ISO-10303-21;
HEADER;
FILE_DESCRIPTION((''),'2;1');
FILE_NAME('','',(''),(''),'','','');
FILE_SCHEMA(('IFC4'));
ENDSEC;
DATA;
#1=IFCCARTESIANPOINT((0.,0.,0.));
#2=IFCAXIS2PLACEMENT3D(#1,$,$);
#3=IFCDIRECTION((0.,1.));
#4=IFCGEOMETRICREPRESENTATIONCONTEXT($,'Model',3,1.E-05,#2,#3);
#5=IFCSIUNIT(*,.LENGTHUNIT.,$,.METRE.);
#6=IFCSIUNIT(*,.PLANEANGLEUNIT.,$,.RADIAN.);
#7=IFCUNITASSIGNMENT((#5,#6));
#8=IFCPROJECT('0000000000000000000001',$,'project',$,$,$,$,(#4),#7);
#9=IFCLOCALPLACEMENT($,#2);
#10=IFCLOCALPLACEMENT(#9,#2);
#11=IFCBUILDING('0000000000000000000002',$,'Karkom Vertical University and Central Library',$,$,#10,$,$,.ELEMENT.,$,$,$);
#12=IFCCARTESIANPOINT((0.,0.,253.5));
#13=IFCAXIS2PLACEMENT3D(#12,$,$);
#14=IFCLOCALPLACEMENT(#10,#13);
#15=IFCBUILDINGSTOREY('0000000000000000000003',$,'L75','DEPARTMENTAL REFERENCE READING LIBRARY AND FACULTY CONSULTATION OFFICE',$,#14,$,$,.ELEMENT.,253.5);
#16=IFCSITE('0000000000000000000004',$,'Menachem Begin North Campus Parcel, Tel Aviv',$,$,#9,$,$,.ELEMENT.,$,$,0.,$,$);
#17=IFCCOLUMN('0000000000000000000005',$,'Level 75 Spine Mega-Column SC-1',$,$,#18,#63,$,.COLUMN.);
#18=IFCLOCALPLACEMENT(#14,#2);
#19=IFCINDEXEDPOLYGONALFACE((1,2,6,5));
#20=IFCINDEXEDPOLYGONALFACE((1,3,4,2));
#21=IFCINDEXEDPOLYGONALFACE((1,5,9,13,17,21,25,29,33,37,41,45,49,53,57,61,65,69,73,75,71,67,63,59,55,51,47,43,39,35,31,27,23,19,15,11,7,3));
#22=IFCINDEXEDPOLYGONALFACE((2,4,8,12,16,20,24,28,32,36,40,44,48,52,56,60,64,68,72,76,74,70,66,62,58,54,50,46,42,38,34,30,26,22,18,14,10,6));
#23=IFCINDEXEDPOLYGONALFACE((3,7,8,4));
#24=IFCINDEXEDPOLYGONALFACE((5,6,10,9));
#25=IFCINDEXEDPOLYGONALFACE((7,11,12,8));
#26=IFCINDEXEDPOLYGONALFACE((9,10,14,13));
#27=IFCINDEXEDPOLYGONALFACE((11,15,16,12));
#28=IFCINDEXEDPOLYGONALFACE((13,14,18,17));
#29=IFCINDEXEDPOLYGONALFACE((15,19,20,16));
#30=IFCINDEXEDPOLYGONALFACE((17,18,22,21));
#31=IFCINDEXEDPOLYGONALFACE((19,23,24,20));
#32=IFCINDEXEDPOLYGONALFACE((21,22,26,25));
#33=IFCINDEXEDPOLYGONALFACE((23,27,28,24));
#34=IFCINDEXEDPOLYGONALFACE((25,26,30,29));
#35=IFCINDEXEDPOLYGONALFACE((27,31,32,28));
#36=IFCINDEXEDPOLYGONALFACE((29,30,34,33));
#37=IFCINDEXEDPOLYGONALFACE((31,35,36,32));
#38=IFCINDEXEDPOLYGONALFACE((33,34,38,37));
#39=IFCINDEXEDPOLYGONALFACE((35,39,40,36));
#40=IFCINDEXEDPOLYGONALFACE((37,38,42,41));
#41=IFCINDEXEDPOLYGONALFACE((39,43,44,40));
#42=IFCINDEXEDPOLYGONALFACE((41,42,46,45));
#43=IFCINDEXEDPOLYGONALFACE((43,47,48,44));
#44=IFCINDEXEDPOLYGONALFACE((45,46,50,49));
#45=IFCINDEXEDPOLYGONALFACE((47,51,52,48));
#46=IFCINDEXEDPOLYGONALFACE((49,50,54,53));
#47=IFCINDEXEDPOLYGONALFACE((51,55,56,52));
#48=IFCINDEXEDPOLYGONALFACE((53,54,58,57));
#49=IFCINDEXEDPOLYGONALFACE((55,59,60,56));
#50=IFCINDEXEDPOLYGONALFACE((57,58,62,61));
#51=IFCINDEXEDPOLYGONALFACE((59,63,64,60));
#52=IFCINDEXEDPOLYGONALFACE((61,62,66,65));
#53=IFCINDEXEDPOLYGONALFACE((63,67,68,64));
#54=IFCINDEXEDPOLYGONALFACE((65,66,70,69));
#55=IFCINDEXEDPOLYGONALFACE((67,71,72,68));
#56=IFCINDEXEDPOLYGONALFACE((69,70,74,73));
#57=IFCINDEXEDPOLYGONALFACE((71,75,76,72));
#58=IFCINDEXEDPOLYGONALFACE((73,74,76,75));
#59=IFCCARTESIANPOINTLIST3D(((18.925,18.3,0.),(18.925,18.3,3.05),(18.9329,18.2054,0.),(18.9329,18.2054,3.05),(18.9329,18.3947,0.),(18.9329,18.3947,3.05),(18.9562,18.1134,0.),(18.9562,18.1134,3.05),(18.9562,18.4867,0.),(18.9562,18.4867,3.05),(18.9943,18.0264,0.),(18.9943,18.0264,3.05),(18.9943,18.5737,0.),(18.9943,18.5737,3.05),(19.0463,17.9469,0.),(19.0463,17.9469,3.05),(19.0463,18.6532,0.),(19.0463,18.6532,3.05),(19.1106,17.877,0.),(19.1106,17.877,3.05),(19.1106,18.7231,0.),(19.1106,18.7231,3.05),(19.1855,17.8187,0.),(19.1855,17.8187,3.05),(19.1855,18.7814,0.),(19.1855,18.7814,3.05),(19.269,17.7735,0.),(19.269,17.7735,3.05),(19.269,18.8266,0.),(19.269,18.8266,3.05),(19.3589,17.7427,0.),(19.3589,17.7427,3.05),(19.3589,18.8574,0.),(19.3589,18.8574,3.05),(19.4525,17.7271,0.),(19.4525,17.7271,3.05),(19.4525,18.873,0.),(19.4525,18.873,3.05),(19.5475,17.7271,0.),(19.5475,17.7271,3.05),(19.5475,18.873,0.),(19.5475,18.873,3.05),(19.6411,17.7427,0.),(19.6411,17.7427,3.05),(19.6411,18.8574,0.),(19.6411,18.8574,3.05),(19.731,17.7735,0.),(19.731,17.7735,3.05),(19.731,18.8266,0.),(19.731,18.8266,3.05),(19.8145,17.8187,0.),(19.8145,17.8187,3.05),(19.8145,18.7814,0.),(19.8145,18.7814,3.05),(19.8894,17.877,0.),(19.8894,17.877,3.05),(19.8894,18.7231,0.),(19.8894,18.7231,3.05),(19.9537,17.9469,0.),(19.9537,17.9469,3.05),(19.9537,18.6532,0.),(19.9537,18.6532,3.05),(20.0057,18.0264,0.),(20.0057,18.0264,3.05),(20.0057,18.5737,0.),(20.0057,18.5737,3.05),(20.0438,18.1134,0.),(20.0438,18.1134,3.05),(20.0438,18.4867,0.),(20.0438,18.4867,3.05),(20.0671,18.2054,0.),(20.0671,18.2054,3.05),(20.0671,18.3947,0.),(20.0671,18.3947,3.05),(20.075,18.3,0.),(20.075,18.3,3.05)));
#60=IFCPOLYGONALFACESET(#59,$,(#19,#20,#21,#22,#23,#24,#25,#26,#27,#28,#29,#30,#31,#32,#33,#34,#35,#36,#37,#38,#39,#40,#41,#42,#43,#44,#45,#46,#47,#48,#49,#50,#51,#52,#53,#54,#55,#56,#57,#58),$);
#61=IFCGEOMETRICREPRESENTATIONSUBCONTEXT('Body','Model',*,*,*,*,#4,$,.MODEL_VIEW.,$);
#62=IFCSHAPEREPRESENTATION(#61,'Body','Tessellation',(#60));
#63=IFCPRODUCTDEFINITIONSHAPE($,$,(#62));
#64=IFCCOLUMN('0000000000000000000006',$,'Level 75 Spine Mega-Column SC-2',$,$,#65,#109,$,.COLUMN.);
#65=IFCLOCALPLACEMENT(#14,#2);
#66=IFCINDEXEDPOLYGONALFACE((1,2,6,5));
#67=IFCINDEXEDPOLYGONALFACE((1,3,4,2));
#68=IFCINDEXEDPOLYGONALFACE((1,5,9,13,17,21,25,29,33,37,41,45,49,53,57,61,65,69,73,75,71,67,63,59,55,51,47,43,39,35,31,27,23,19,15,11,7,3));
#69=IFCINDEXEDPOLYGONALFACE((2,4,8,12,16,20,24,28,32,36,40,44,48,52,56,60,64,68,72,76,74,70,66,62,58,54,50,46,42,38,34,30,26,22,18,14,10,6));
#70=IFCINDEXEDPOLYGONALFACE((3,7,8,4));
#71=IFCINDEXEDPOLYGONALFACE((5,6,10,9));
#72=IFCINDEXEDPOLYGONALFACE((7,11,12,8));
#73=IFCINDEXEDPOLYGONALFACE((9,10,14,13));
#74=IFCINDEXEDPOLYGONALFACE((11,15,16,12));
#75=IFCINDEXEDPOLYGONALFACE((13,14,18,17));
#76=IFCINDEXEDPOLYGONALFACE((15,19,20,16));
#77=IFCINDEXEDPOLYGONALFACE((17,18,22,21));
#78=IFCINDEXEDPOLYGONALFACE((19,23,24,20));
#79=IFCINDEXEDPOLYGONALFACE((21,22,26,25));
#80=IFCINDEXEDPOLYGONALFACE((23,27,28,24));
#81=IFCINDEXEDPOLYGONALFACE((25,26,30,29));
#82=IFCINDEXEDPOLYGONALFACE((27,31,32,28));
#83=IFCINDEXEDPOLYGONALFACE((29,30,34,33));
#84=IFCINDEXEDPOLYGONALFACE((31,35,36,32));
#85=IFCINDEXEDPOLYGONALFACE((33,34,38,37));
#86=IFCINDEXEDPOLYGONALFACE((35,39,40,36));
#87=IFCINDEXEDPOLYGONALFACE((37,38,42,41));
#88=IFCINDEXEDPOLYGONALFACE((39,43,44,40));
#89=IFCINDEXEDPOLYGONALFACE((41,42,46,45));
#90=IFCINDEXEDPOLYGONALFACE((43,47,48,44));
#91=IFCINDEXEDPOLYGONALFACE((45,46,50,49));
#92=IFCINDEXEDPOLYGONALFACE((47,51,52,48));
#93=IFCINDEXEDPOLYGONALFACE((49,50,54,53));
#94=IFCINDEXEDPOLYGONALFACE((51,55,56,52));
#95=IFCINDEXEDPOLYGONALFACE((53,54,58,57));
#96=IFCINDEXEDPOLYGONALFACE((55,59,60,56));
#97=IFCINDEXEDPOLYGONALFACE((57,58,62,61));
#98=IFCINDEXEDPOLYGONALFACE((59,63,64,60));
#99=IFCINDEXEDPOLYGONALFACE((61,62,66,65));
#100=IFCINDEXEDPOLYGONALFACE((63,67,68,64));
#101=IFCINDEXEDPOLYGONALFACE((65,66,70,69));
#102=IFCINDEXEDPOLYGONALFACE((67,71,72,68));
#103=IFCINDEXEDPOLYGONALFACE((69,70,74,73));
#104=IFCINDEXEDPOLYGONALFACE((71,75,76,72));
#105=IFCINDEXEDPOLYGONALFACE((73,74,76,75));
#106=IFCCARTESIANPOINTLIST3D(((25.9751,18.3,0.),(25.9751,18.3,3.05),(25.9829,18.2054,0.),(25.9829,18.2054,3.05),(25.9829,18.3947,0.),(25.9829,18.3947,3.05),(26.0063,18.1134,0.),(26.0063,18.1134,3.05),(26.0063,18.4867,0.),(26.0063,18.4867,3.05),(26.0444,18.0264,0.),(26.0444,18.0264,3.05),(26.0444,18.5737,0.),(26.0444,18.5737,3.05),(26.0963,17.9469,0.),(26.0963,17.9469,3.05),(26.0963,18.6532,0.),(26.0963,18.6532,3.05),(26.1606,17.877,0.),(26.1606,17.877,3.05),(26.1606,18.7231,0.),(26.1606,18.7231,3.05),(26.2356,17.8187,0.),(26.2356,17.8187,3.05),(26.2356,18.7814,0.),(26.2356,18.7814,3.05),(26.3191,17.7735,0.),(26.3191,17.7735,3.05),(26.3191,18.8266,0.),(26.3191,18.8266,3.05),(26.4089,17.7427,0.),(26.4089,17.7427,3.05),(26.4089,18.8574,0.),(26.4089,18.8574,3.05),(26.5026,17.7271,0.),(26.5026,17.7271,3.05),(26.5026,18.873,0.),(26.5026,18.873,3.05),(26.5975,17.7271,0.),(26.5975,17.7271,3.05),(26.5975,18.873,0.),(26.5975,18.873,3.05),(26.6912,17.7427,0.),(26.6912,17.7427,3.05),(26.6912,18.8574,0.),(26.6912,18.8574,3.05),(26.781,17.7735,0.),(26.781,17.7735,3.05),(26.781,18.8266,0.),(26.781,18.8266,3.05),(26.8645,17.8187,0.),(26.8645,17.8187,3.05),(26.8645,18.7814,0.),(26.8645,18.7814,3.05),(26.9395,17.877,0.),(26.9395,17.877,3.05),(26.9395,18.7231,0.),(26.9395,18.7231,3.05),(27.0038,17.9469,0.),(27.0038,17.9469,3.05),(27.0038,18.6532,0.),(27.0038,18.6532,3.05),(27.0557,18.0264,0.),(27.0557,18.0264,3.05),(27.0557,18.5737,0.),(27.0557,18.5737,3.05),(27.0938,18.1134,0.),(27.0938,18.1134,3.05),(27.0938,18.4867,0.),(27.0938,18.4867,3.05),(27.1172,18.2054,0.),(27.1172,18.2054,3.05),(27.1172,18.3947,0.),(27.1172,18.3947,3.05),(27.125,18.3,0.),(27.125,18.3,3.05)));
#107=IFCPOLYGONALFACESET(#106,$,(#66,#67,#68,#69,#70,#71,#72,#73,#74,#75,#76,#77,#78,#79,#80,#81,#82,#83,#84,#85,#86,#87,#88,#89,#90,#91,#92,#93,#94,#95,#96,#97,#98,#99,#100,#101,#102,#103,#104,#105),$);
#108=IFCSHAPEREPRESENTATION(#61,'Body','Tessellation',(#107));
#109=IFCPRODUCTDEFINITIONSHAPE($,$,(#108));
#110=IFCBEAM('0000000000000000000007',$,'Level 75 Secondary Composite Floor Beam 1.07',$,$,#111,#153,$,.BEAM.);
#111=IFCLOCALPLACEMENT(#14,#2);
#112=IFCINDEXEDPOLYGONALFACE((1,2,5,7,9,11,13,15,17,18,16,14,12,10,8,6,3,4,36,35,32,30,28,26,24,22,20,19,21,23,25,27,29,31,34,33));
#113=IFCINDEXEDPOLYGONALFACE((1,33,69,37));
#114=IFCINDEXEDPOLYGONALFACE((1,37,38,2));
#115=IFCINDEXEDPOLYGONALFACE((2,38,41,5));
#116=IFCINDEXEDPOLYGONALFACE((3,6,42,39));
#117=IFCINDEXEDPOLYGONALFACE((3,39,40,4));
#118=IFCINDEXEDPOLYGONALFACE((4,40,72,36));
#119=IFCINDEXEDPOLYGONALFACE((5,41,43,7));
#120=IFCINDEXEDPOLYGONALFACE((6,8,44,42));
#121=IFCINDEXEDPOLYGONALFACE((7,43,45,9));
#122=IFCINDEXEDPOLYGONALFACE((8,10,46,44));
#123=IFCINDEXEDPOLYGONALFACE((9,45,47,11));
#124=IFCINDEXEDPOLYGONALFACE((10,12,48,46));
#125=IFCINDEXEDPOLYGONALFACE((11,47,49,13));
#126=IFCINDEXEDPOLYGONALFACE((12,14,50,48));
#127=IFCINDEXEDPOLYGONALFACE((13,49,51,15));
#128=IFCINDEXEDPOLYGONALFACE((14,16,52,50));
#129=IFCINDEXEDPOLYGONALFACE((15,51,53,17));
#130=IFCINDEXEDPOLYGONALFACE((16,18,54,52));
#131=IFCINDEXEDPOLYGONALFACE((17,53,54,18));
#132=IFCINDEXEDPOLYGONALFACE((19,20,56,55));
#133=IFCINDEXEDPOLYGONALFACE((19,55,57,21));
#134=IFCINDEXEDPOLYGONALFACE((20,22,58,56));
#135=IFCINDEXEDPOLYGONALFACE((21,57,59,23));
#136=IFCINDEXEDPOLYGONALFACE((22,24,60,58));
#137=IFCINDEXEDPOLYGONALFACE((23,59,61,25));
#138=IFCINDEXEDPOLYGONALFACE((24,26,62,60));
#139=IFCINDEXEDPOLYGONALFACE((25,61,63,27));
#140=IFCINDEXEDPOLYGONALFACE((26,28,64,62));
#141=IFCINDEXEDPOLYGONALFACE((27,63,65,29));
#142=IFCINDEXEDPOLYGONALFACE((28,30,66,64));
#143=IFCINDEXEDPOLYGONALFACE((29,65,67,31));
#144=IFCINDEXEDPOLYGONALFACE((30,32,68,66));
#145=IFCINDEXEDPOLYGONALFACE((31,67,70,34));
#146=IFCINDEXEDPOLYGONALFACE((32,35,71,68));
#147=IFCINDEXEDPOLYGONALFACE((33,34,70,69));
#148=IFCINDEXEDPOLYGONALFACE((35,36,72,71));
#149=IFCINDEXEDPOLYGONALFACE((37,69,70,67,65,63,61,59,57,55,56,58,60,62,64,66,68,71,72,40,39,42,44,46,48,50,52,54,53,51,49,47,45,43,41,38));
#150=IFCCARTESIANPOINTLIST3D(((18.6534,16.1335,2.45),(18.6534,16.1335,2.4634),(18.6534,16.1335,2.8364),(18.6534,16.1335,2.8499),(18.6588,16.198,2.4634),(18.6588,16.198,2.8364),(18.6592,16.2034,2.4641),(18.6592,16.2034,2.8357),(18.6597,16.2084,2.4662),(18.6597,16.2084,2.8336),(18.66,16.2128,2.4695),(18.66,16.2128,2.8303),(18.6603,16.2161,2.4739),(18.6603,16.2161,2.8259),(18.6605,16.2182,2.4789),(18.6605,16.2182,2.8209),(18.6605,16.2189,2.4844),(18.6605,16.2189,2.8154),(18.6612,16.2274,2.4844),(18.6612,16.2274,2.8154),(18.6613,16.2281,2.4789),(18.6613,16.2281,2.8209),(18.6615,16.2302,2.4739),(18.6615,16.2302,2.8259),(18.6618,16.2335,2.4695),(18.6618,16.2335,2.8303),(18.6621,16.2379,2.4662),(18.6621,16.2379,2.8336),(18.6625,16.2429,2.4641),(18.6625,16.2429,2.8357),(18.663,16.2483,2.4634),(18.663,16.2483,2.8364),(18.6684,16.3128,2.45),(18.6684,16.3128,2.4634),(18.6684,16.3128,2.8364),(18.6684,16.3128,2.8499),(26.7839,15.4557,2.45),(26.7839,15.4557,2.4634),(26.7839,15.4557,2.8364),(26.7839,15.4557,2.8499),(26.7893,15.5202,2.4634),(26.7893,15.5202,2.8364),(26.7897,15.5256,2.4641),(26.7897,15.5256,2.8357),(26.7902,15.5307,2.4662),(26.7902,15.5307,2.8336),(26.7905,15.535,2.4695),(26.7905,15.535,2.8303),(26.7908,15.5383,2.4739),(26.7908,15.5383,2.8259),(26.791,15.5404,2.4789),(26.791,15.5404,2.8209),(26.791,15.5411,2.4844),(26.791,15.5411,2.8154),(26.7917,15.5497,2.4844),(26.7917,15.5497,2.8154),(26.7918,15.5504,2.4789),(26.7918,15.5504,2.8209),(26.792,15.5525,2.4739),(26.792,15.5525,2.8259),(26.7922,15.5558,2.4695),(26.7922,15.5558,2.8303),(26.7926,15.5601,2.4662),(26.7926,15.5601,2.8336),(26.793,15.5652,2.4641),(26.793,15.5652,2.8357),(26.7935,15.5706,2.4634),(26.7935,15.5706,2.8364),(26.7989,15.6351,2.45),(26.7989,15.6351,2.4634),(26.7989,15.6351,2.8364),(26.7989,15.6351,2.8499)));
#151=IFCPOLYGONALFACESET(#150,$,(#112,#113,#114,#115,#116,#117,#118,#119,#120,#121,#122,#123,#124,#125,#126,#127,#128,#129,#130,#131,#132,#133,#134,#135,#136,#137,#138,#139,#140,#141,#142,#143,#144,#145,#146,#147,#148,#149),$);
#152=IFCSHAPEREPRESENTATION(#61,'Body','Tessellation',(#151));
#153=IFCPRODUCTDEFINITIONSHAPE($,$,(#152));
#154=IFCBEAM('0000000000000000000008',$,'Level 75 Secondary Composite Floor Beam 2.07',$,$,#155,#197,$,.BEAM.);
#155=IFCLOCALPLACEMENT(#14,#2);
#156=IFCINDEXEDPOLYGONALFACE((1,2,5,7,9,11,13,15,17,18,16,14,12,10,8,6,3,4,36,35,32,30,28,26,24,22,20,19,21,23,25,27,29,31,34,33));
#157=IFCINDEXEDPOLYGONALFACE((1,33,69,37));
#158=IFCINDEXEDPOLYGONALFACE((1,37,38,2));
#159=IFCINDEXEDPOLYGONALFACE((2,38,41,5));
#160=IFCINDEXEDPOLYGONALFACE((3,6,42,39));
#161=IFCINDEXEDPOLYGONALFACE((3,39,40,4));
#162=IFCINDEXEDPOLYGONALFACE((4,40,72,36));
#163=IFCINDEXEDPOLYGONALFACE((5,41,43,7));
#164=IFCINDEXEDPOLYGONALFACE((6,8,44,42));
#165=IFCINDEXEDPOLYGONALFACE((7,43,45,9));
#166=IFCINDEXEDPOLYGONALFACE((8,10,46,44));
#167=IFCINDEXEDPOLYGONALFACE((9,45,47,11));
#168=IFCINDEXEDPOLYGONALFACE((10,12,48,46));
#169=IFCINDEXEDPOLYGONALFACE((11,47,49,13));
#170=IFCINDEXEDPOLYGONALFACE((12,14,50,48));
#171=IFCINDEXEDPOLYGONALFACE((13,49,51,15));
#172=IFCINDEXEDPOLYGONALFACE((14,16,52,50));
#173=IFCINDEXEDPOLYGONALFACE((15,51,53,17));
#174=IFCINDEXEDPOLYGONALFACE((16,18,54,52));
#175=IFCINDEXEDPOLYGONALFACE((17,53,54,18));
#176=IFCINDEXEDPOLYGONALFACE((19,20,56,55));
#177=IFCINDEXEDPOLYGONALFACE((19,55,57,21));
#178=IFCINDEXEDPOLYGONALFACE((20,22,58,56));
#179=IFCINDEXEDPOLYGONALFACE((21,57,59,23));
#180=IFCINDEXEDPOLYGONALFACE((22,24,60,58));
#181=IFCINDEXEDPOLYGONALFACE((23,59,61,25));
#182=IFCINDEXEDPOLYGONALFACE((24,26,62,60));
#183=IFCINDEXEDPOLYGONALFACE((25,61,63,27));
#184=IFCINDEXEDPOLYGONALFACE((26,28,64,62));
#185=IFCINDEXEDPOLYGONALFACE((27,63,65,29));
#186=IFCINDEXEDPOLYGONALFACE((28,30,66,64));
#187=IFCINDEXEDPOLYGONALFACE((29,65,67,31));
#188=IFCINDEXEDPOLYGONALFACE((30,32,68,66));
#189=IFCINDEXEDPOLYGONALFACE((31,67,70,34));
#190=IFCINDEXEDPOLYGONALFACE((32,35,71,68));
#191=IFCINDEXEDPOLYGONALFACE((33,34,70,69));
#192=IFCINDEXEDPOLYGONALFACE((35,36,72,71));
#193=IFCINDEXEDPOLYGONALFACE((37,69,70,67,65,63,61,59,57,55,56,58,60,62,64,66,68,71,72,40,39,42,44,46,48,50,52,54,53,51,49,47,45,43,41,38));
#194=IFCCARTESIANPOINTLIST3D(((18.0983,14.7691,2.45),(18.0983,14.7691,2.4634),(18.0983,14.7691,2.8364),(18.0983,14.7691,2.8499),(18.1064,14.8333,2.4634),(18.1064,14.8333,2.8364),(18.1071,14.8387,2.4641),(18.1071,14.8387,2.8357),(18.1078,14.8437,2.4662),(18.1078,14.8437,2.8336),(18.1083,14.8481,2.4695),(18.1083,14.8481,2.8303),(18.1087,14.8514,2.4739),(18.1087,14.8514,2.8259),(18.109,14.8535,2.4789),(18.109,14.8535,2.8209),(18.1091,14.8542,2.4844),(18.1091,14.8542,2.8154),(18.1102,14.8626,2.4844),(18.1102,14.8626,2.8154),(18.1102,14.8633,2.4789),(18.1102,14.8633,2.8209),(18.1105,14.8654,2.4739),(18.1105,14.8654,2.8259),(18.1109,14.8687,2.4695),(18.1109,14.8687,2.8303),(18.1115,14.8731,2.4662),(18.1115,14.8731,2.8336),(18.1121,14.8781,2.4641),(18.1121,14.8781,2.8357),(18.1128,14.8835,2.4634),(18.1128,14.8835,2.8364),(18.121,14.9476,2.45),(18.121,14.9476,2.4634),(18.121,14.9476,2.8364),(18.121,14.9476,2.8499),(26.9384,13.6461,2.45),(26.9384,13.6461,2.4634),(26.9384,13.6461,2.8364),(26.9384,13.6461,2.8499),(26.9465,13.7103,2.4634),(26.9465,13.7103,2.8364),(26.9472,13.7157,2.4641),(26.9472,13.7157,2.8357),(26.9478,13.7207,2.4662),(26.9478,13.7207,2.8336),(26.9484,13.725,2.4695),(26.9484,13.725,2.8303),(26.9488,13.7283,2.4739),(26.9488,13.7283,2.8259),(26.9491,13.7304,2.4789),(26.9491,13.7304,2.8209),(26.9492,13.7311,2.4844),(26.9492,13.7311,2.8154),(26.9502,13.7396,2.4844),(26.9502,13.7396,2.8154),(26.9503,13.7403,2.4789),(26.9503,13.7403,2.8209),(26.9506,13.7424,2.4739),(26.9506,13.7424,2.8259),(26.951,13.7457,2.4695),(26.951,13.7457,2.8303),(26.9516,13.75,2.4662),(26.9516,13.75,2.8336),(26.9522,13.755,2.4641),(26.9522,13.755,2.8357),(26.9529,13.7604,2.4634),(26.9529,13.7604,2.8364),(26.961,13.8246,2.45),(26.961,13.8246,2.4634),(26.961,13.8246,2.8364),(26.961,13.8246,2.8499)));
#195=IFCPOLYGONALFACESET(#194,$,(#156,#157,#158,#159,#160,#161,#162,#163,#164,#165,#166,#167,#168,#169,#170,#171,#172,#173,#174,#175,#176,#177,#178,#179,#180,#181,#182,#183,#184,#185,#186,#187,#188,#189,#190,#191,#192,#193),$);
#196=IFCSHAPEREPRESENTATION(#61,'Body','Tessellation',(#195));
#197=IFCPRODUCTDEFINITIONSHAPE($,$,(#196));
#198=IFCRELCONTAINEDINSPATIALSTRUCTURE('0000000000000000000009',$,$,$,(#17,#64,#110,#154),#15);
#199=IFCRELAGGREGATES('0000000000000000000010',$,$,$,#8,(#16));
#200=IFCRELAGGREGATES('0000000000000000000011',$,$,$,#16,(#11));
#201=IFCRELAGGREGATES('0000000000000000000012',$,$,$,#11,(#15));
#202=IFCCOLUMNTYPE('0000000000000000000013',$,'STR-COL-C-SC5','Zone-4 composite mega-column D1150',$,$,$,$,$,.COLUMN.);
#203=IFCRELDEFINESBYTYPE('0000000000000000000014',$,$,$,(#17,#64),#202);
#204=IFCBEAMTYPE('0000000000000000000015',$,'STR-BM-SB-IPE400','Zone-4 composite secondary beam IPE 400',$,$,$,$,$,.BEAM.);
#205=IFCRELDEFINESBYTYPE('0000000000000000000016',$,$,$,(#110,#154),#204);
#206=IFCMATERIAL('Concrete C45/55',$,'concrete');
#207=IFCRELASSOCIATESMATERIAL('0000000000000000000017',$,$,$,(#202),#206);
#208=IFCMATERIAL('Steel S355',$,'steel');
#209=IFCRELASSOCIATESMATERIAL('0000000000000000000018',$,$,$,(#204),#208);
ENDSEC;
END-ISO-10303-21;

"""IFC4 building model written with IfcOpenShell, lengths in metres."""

from ifc_helpers import new_model, si_unit, direction, frame, origin, origin_with_axes, origin_2d, place, context, subcontext, project, spatial, circle, i_section, extrude, source, transform, mapped, material, material_profile, profile_set, type_object, element, save


model = new_model("IFC4")

# Units and contexts
model_context = context("Model", 3, precision=1e-05, world=origin(), true_north=direction((0.0, 1.0)))
body_context = subcontext(model_context, "Body", "Model", "MODEL_VIEW")
ifc_project = project(units=[si_unit("LENGTHUNIT", "METRE"), si_unit("PLANEANGLEUNIT", "RADIAN")], contexts=[model_context])

# Site, building, storey
site_placement = place(None, origin())
site = spatial("IfcSite", under=ifc_project, at=site_placement, Name="Menachem Begin North Campus Parcel, Tel Aviv", CompositionType="ELEMENT", RefElevation=0.0)
building_placement = place(site_placement, origin())
building = spatial("IfcBuilding", under=site, at=building_placement, Name="Karkom Vertical University and Central Library", CompositionType="ELEMENT")
storey_placement = place(building_placement, frame((0.0, 0.0, 253.5)))
storey = spatial("IfcBuildingStorey", under=building, at=storey_placement, Name="L75", Description="DEPARTMENTAL REFERENCE READING LIBRARY AND FACULTY CONSULTATION OFFICE", CompositionType="ELEMENT", Elevation=253.5)

# Columns
ifc_material_1 = material(Name="Concrete C45/55", Category="concrete")
ifc_material_profile_1 = material_profile(ifc_material_1, circle(Radius=0.575, at=origin_2d()), Name="CFT-D1150")
ifc_profile_set_1 = profile_set([ifc_material_profile_1], Name="Concrete C45/55")
column_type = type_object("IfcColumnType", Name="STR-COL-C-SC5", Description="Zone-4 composite mega-column D1150", PredefinedType="COLUMN", material=ifc_profile_set_1)
shared_shape_1 = source(origin_with_axes(), body_context, "Body", "SweptSolid", [
    extrude(circle(Radius=0.575, at=origin_2d()), origin(), (0.0, 0.0, 1.0), 3.05),
])
for number, where, z_axis, x_axis, name in (
    (1, (19.5, 18.3, 0.0), (0.0, 0.0, 1.0), (1.0, 0.0, 0.0), "Level 75 Spine Mega-Column SC-1"),
    (2, (26.55, 18.3, 0.0), (0.0, 0.0, 1.0), (1.0, 0.0, 0.0), "Level 75 Spine Mega-Column SC-2"),
):
    element("IfcColumn", number, at=place(storey_placement, frame(where, z_axis=z_axis, x_axis=x_axis)), inside=storey, type_object=column_type, Name=name, PredefinedType="COLUMN", context=body_context, shape_type="MappedRepresentation", body=[
        mapped(shared_shape_1, transform((0.0, 0.0, 0.0), scale=1.0)),
    ])

# Beams
ifc_material_2 = material(Name="Steel S355", Category="steel")
ifc_material_profile_2 = material_profile(ifc_material_2, i_section(OverallWidth=0.1799, OverallDepth=0.3999, WebThickness=0.0085, FlangeThickness=0.0134, FilletRadius=0.021, at=origin_2d()), Name="IPE 400")
ifc_profile_set_2 = profile_set([ifc_material_profile_2], Name="Steel S355")
beam_type_1 = type_object("IfcBeamType", Name="STR-BM-SB-IPE400", Description="Zone-4 composite secondary beam IPE 400", PredefinedType="BEAM", material=ifc_profile_set_2)
shared_shape_2 = source(origin_with_axes(), body_context, "Body", "SweptSolid", [
    extrude(i_section(OverallWidth=0.1799, OverallDepth=0.3999, WebThickness=0.0085, FlangeThickness=0.0134, FilletRadius=0.021, at=origin_2d()), origin(), (0.0, 0.0, 1.0), 8.1587),
])
beam_1_placement = place(storey_placement, frame((18.6609, 16.2231, 2.6499), z_axis=(0.996544, -0.08307, 0.0), x_axis=(0.08307, 0.996544, 0.0)))
element("IfcBeam", 3, at=beam_1_placement, inside=storey, type_object=beam_type_1, Name="Level 75 Secondary Composite Floor Beam 1.07", PredefinedType="BEAM", context=body_context, shape_type="MappedRepresentation", body=[
    mapped(shared_shape_2, transform((0.0, 0.0, 0.0), scale=1.0)),
])
shared_shape_3 = source(origin_with_axes(), body_context, "Body", "SweptSolid", [
    extrude(i_section(OverallWidth=0.1799, OverallDepth=0.3999, WebThickness=0.0085, FlangeThickness=0.0134, FilletRadius=0.021, at=origin_2d()), origin(), (0.0, 0.0, 1.0), 8.9111),
])
beam_2_placement = place(storey_placement, frame((18.1096, 14.8584, 2.6499), z_axis=(0.992027, -0.126027, 0.0), x_axis=(0.126027, 0.992027, 0.0)))
element("IfcBeam", 4, at=beam_2_placement, inside=storey, type_object=beam_type_1, Name="Level 75 Secondary Composite Floor Beam 2.07", PredefinedType="BEAM", context=body_context, shape_type="MappedRepresentation", body=[
    mapped(shared_shape_3, transform((0.0, 0.0, 0.0), scale=1.0)),
])

save(model, "model.ifc")
